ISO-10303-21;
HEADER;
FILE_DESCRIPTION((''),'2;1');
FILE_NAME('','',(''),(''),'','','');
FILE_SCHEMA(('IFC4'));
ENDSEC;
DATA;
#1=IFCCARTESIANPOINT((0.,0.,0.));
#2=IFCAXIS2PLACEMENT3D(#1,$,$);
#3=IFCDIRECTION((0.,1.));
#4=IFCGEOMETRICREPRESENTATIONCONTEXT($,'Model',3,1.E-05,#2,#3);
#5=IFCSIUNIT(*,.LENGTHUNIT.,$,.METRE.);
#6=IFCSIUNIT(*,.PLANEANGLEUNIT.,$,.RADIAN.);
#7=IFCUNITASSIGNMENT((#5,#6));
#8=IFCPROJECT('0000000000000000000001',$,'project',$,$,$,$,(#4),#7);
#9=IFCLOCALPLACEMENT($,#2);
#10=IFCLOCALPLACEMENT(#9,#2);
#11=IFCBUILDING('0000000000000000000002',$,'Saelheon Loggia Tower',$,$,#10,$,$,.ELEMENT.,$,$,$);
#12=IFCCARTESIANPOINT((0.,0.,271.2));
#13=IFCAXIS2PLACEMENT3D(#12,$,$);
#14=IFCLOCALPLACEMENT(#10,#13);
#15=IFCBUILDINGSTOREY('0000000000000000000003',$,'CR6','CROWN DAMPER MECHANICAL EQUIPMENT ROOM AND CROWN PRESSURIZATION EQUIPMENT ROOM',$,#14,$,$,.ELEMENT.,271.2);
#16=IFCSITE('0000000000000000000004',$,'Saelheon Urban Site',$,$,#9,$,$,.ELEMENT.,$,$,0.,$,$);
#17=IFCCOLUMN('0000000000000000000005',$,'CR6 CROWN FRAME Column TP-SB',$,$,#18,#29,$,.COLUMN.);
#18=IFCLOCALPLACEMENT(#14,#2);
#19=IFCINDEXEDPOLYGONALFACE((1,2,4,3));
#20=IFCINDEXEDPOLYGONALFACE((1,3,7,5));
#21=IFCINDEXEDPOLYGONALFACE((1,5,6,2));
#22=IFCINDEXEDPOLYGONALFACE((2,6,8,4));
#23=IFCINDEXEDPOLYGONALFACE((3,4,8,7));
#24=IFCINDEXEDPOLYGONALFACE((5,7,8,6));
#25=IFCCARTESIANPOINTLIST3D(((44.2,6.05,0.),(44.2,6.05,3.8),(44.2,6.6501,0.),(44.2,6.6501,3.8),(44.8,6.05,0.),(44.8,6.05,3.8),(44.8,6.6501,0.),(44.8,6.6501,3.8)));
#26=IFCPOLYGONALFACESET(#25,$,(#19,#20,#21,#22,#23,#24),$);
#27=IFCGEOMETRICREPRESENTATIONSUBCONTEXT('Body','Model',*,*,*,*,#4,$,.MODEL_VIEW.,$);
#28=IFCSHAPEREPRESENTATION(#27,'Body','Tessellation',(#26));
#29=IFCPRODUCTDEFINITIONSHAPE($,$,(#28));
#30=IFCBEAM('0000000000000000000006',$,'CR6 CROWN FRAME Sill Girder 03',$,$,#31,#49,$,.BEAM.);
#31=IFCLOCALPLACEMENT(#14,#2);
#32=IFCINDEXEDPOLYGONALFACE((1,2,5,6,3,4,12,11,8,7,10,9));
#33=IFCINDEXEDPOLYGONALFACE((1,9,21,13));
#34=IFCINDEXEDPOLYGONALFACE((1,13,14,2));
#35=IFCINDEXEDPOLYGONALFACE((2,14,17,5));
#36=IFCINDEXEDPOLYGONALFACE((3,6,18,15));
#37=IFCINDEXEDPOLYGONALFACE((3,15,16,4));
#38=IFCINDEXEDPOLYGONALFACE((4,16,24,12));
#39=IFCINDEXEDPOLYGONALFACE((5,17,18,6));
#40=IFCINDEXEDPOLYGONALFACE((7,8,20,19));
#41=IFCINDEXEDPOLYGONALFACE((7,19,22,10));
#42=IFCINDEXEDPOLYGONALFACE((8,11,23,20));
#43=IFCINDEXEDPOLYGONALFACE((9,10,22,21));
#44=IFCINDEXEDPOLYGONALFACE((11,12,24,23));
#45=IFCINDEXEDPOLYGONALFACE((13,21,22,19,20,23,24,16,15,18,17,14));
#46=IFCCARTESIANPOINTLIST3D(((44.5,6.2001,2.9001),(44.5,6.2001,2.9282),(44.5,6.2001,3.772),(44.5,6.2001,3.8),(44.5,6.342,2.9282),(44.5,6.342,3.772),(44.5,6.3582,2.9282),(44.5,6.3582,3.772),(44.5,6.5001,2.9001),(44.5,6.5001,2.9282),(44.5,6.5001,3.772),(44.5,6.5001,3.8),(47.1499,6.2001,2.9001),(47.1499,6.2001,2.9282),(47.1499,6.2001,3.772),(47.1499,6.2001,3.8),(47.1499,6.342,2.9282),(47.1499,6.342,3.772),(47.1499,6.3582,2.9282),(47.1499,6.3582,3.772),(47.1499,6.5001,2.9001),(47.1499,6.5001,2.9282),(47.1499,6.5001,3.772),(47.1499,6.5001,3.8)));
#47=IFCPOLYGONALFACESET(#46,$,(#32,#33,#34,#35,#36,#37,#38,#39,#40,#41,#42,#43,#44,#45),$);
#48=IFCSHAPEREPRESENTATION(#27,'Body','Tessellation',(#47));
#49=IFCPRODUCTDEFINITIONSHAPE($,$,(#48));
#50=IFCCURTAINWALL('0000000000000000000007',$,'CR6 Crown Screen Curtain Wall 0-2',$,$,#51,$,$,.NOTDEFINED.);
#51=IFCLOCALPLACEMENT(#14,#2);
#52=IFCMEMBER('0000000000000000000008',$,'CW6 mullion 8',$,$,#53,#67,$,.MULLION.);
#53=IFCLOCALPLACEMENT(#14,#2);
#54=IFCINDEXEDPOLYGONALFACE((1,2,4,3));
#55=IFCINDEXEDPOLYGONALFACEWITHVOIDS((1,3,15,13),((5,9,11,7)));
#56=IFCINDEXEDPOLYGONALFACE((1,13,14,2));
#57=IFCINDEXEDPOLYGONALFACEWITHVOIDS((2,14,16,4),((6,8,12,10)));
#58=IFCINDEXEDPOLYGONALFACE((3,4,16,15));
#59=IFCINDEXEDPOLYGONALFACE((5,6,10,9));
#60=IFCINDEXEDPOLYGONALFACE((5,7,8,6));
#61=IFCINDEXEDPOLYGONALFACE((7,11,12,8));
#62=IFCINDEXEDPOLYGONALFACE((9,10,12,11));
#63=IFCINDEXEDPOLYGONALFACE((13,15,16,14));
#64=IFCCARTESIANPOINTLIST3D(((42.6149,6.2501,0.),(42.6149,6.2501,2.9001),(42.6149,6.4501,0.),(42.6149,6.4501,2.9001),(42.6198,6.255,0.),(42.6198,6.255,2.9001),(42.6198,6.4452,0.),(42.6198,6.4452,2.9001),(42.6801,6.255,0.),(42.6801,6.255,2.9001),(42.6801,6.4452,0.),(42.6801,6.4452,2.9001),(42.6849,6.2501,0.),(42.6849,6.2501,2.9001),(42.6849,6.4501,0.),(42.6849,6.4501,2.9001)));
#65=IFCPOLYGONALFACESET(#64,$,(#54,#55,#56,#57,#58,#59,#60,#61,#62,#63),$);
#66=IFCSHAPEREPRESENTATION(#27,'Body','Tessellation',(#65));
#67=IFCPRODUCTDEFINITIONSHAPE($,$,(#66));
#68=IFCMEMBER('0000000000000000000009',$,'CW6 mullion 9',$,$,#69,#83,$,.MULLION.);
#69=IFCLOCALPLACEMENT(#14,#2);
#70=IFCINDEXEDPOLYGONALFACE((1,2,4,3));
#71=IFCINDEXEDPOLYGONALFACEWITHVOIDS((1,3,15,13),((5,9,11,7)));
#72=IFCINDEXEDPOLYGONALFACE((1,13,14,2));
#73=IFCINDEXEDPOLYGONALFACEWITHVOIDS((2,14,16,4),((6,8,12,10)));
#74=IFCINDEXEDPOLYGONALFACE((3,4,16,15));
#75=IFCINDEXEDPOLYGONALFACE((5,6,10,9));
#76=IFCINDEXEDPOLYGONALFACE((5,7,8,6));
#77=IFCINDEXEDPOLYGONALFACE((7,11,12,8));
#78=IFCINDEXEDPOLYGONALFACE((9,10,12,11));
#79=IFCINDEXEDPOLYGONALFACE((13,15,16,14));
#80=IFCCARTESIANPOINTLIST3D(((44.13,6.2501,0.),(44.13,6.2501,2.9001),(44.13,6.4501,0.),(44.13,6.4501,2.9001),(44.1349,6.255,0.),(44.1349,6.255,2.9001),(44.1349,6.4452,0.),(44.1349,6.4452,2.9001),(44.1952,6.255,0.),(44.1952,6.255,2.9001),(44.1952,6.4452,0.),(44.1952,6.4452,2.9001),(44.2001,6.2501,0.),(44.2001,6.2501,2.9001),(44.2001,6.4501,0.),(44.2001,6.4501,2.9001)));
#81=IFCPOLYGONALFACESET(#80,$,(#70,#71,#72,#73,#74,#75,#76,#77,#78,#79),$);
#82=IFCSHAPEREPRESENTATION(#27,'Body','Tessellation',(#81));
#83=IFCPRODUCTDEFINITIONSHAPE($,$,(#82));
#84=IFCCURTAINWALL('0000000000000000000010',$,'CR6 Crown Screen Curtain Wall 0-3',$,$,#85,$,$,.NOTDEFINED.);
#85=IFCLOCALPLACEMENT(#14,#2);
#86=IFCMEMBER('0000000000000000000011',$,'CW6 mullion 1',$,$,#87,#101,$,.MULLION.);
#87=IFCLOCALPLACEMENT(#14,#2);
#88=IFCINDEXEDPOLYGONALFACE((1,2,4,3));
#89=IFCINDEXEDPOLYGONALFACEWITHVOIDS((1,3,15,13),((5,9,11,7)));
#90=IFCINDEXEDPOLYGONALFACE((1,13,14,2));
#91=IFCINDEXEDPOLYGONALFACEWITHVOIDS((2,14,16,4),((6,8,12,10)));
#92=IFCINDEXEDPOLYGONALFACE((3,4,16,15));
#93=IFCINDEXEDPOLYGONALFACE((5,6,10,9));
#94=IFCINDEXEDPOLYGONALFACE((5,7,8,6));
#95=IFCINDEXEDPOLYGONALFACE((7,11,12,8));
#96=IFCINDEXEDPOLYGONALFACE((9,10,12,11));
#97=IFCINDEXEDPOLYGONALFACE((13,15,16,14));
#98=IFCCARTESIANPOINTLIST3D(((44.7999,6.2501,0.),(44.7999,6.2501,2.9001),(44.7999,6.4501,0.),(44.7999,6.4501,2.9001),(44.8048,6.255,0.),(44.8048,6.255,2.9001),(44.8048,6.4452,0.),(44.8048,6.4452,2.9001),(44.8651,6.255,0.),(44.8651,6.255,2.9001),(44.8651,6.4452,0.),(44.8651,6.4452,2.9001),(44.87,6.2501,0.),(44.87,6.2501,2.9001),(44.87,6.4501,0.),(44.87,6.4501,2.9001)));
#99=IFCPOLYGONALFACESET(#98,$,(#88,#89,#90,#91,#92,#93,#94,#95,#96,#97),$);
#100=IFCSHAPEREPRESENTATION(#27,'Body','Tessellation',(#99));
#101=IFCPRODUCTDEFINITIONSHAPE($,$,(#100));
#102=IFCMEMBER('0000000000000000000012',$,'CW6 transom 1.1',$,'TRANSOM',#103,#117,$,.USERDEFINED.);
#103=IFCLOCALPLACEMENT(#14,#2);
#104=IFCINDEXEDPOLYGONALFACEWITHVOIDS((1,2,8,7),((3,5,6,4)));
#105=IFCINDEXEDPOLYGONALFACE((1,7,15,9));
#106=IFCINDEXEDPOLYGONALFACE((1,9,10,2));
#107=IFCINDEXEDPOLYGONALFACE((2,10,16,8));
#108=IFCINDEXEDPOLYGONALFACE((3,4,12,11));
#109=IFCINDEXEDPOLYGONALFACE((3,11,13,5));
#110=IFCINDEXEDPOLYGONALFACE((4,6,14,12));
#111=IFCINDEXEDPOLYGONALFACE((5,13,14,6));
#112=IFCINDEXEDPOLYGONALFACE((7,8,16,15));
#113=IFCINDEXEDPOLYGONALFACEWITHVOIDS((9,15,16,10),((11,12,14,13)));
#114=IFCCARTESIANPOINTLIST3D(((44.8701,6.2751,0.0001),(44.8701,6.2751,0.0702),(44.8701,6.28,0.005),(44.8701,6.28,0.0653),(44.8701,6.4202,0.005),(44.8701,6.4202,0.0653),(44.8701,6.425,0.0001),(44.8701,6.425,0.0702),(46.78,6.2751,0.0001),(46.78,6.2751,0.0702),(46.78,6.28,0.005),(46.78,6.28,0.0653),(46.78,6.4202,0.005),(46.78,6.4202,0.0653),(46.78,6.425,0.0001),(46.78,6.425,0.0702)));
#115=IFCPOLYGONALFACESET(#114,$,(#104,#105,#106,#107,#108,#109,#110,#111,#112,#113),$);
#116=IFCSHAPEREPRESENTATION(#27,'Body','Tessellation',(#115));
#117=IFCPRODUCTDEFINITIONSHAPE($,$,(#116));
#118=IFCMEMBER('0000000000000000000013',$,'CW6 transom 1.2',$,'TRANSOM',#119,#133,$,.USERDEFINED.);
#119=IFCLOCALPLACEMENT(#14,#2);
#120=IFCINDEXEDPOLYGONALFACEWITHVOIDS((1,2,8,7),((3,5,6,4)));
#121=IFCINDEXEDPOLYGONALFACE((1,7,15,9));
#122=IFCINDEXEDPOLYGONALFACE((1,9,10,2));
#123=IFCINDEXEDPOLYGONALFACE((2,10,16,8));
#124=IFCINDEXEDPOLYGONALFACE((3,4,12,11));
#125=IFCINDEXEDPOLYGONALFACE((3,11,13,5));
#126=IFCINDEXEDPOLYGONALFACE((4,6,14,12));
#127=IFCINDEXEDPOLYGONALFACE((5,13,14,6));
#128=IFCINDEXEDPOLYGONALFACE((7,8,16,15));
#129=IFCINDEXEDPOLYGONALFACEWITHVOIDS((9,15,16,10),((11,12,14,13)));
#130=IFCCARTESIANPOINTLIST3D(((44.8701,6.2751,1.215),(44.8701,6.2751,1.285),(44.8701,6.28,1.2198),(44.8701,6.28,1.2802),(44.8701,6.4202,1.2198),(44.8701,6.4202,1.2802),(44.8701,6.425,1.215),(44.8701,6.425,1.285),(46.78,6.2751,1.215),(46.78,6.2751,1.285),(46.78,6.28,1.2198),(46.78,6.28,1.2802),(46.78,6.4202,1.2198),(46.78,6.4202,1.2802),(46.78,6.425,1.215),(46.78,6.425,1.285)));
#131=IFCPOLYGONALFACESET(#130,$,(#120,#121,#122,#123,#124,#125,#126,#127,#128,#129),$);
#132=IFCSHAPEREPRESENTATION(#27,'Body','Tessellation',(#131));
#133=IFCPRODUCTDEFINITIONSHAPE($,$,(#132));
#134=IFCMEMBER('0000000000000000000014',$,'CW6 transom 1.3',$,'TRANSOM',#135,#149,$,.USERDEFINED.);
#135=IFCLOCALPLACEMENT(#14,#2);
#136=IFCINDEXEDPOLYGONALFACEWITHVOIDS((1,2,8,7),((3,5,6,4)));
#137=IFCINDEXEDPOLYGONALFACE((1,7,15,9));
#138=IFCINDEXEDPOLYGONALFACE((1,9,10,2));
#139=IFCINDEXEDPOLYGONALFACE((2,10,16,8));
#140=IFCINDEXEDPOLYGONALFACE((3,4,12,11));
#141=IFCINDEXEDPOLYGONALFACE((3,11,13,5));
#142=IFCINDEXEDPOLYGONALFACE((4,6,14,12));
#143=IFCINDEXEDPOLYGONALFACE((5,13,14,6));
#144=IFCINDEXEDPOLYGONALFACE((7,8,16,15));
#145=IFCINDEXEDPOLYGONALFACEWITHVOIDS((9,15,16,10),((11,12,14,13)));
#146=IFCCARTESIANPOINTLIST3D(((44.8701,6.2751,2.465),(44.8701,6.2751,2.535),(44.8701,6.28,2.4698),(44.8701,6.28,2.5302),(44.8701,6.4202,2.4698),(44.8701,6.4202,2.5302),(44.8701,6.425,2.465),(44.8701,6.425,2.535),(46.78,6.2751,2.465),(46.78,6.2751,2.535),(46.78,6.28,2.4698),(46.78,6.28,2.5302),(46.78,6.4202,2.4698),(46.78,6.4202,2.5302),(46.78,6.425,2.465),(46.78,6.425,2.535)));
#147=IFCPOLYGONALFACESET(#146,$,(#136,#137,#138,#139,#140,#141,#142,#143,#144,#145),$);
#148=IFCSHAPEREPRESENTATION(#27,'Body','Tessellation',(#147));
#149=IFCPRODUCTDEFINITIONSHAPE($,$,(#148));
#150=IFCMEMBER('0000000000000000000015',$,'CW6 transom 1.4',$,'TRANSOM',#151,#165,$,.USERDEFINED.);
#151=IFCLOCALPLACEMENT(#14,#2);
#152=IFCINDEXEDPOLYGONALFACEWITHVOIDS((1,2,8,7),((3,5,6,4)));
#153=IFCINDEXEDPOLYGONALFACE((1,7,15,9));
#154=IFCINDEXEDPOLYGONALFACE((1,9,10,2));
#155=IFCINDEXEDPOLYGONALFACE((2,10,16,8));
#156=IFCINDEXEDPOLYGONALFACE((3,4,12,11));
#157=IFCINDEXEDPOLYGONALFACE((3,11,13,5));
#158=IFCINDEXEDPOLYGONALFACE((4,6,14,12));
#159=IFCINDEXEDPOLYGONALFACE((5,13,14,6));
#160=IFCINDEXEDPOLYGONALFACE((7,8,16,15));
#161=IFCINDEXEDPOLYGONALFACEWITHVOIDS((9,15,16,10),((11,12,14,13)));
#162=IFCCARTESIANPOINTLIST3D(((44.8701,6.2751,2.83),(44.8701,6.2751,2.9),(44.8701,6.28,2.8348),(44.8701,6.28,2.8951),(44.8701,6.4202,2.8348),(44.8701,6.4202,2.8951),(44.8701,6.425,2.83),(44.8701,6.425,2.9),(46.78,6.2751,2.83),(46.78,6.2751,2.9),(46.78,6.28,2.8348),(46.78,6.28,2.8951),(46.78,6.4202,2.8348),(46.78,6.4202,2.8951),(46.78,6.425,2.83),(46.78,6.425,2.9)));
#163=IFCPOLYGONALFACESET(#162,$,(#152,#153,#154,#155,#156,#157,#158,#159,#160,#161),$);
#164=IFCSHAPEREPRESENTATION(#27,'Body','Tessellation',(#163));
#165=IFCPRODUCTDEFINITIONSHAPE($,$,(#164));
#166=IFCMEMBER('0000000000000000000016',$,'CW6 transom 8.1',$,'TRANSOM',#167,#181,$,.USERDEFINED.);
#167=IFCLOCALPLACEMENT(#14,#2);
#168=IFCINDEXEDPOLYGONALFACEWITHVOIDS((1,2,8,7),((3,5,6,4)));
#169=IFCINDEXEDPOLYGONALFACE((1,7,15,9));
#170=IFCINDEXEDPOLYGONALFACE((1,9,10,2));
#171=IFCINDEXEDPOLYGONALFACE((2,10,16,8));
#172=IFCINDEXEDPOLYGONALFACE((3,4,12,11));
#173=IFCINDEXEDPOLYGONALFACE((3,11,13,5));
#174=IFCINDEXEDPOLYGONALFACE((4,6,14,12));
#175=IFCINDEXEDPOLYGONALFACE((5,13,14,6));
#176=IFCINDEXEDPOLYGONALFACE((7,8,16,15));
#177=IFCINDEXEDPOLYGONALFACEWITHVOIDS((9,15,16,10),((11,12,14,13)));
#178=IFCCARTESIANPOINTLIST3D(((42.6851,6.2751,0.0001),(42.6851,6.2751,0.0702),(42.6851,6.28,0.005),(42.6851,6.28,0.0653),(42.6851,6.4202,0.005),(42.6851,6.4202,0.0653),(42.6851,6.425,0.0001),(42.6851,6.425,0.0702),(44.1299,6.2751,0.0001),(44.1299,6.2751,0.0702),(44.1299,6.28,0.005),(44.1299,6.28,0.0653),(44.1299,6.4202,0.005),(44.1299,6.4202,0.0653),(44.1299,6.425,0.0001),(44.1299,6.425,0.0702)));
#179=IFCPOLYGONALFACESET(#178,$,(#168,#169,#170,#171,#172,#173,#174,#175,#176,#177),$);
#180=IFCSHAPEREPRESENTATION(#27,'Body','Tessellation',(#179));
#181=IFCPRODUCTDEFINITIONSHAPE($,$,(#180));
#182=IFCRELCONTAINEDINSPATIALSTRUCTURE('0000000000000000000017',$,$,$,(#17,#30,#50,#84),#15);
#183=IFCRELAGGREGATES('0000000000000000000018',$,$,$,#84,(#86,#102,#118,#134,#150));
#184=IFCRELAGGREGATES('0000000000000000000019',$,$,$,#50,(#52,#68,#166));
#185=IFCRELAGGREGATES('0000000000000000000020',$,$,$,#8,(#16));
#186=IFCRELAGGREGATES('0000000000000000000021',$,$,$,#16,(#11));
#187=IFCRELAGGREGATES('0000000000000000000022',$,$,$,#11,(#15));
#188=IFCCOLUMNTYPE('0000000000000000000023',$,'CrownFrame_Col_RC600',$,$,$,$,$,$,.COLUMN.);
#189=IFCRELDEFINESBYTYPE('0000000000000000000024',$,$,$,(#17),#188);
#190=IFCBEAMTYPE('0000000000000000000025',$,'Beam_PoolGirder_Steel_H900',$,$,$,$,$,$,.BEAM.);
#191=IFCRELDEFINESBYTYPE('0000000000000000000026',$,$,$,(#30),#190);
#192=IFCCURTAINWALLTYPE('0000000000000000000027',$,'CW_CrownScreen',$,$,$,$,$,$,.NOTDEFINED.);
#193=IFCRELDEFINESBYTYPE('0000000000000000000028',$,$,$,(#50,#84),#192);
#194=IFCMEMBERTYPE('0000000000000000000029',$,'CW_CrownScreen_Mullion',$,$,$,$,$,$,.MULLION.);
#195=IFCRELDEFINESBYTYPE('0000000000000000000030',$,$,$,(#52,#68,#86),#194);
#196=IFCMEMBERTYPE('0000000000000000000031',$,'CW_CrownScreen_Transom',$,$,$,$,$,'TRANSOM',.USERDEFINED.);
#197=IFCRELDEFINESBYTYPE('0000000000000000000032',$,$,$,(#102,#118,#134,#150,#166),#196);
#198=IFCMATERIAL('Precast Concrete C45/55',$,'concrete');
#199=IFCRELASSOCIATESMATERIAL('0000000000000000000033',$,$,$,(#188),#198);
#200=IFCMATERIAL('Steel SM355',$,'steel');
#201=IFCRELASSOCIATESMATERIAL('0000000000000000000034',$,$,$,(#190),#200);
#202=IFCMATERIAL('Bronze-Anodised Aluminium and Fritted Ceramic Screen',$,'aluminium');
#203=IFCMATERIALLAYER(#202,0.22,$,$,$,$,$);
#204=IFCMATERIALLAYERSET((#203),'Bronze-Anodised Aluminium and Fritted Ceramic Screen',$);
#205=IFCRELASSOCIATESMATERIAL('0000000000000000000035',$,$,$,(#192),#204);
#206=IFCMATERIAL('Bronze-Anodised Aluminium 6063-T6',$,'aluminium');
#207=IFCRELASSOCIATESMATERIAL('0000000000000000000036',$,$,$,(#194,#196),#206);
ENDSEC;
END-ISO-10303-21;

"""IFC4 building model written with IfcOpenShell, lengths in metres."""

from ifc_helpers import new_model, si_unit, direction, frame, origin, origin_2d, place, context, subcontext, project, spatial, rectangle, hollow_rectangle, i_section, extrude, source, transform, mapped, material, layer, layer_set, material_profile, profile_set, type_object, element, aggregate, save


model = new_model("IFC4")

# Units and contexts
model_context = context("Model", 3, precision=1e-05, world=origin(), true_north=direction((0.0, 1.0)))
body_context = subcontext(model_context, "Body", "Model", "MODEL_VIEW")
ifc_project = project(units=[si_unit("LENGTHUNIT", "METRE"), si_unit("PLANEANGLEUNIT", "RADIAN")], contexts=[model_context])

# Site, building, storey
site_placement = place(None, origin())
site = spatial("IfcSite", under=ifc_project, at=site_placement, Name="Saelheon Urban Site", CompositionType="ELEMENT", RefElevation=0.0)
building_placement = place(site_placement, origin())
building = spatial("IfcBuilding", under=site, at=building_placement, Name="Saelheon Loggia Tower", CompositionType="ELEMENT")
storey_placement = place(building_placement, frame((0.0, 0.0, 271.2)))
storey = spatial("IfcBuildingStorey", under=building, at=storey_placement, Name="CR6", Description="CROWN DAMPER MECHANICAL EQUIPMENT ROOM AND CROWN PRESSURIZATION EQUIPMENT ROOM", CompositionType="ELEMENT", Elevation=271.2)

# Column
ifc_material_1 = material(Name="Precast Concrete C45/55", Category="concrete")
ifc_material_profile_1 = material_profile(ifc_material_1, rectangle(XDim=0.6001, YDim=0.6001, at=origin_2d()), Name="RC-600x600")
ifc_profile_set_1 = profile_set([ifc_material_profile_1], Name="Precast Concrete C45/55")
column_type = type_object("IfcColumnType", Name="CrownFrame_Col_RC600", PredefinedType="COLUMN", material=ifc_profile_set_1)
shared_shape_1 = source(origin(), body_context, "Body", "SweptSolid", [
    extrude(rectangle(XDim=0.6001, YDim=0.6001, at=origin_2d()), origin(), (0.0, 0.0, 1.0), 3.8),
])
column_placement = place(storey_placement, frame((44.5, 6.3501, 0.0), z_axis=(0.0, 0.0, 1.0), x_axis=(1.0, 0.0, 0.0)))
element("IfcColumn", 1, at=column_placement, inside=storey, type_object=column_type, Name="CR6 CROWN FRAME Column TP-SB", PredefinedType="COLUMN", context=body_context, shape_type="MappedRepresentation", body=[
    mapped(shared_shape_1, transform((0.0, 0.0, 0.0), scale=1.0)),
])

# Beam
ifc_material_2 = material(Name="Steel SM355", Category="steel")
ifc_material_profile_2 = material_profile(ifc_material_2, i_section(OverallWidth=0.3, OverallDepth=0.8999, WebThickness=0.0161, FlangeThickness=0.0281, at=origin_2d()), Name="H-900x300x16x28")
ifc_profile_set_2 = profile_set([ifc_material_profile_2], Name="Steel SM355")
beam_type = type_object("IfcBeamType", Name="Beam_PoolGirder_Steel_H900", PredefinedType="BEAM", material=ifc_profile_set_2)
shared_shape_2 = source(origin(), body_context, "Body", "SweptSolid", [
    extrude(i_section(OverallWidth=0.3, OverallDepth=0.8999, WebThickness=0.0161, FlangeThickness=0.0281, at=origin_2d()), origin(), (0.0, 0.0, 1.0), 2.6499),
])
beam_placement = place(storey_placement, frame((44.5, 6.3501, 3.3501), z_axis=(1.0, 0.0, 0.0), x_axis=(0.0, 1.0, 0.0)))
element("IfcBeam", 2, at=beam_placement, inside=storey, type_object=beam_type, Name="CR6 CROWN FRAME Sill Girder 03", PredefinedType="BEAM", context=body_context, shape_type="MappedRepresentation", body=[
    mapped(shared_shape_2, transform((0.0, 0.0, 0.0), scale=1.0)),
])

# Curtain walls, members
ifc_material_3 = material(Name="Bronze-Anodised Aluminium and Fritted Ceramic Screen", Category="aluminium")
ifc_layer_1 = layer(ifc_material_3, 0.22)
ifc_layer_set_1 = layer_set([ifc_layer_1], Name="Bronze-Anodised Aluminium and Fritted Ceramic Screen")
curtain_wall_type = type_object("IfcCurtainWallType", Name="CW_CrownScreen", PredefinedType="NOTDEFINED", material=ifc_layer_set_1)
curtain_wall_1_placement = place(storey_placement, origin())
curtain_wall_1 = element("IfcCurtainWall", 3, at=curtain_wall_1_placement, inside=storey, type_object=curtain_wall_type, Name="CR6 Crown Screen Curtain Wall 0-2", PredefinedType="NOTDEFINED")
ifc_material_4 = material(Name="Bronze-Anodised Aluminium 6063-T6", Category="aluminium")
ifc_material_profile_3 = material_profile(ifc_material_4, hollow_rectangle(XDim=0.0701, YDim=0.2, WallThickness=0.0049, at=origin_2d()), Name="RHS-200x70x5")
ifc_profile_set_3 = profile_set([ifc_material_profile_3], Name="Bronze-Anodised Aluminium 6063-T6")
member_type_1 = type_object("IfcMemberType", Name="CW_CrownScreen_Mullion", PredefinedType="MULLION", material=ifc_profile_set_3)
shared_shape_3 = source(origin(), body_context, "Body", "SweptSolid", [
    extrude(hollow_rectangle(XDim=0.0701, YDim=0.2, WallThickness=0.0049, at=origin_2d()), origin(), (0.0, 0.0, 1.0), 2.9001),
])
member_1_placement = place(storey_placement, frame((42.6499, 6.3501, 0.0), z_axis=(0.0, 0.0, 1.0), x_axis=(1.0, 0.0, 0.0)))
member_1 = element("IfcMember", 4, at=member_1_placement, type_object=member_type_1, Name="CW6 mullion 8", PredefinedType="MULLION", context=body_context, shape_type="MappedRepresentation", body=[
    mapped(shared_shape_3, transform((0.0, 0.0, 0.0), scale=1.0)),
])
member_2_placement = place(storey_placement, frame((44.165, 6.3501, 0.0), z_axis=(0.0, 0.0, 1.0), x_axis=(1.0, 0.0, 0.0)))
member_2 = element("IfcMember", 5, at=member_2_placement, type_object=member_type_1, Name="CW6 mullion 9", PredefinedType="MULLION", context=body_context, shape_type="MappedRepresentation", body=[
    mapped(shared_shape_3, transform((0.0, 0.0, 0.0), scale=1.0)),
])
curtain_wall_2_placement = place(storey_placement, origin())
curtain_wall_2 = element("IfcCurtainWall", 6, at=curtain_wall_2_placement, inside=storey, type_object=curtain_wall_type, Name="CR6 Crown Screen Curtain Wall 0-3", PredefinedType="NOTDEFINED")
member_3_placement = place(storey_placement, frame((44.835, 6.3501, 0.0), z_axis=(0.0, 0.0, 1.0), x_axis=(1.0, 0.0, 0.0)))
member_3 = element("IfcMember", 7, at=member_3_placement, type_object=member_type_1, Name="CW6 mullion 1", PredefinedType="MULLION", context=body_context, shape_type="MappedRepresentation", body=[
    mapped(shared_shape_3, transform((0.0, 0.0, 0.0), scale=1.0)),
])
ifc_material_profile_4 = material_profile(ifc_material_4, hollow_rectangle(XDim=0.0701, YDim=0.1499, WallThickness=0.0049, at=origin_2d()), Name="RHS-150x70x5")
ifc_profile_set_4 = profile_set([ifc_material_profile_4], Name="Bronze-Anodised Aluminium 6063-T6")
member_type_2 = type_object("IfcMemberType", Name="CW_CrownScreen_Transom", ElementType="TRANSOM", PredefinedType="USERDEFINED", material=ifc_profile_set_4)
shared_shape_4 = source(origin(), body_context, "Body", "SweptSolid", [
    extrude(hollow_rectangle(XDim=0.0701, YDim=0.1499, WallThickness=0.0049, at=origin_2d()), origin(), (0.0, 0.0, 1.0), 1.9099),
])
member_4_placement = place(storey_placement, frame((44.8701, 6.3501, 0.0352), z_axis=(1.0, 0.0, 0.0), x_axis=(0.0, 0.0, 1.0)))
member_4 = element("IfcMember", 8, at=member_4_placement, type_object=member_type_2, Name="CW6 transom 1.1", ObjectType="TRANSOM", PredefinedType="USERDEFINED", context=body_context, shape_type="MappedRepresentation", body=[
    mapped(shared_shape_4, transform((0.0, 0.0, 0.0), scale=1.0)),
])
member_5_placement = place(storey_placement, frame((44.8701, 6.3501, 1.25), z_axis=(1.0, 0.0, 0.0), x_axis=(0.0, 0.0, 1.0)))
member_5 = element("IfcMember", 9, at=member_5_placement, type_object=member_type_2, Name="CW6 transom 1.2", ObjectType="TRANSOM", PredefinedType="USERDEFINED", context=body_context, shape_type="MappedRepresentation", body=[
    mapped(shared_shape_4, transform((0.0, 0.0, 0.0), scale=1.0)),
])
member_6_placement = place(storey_placement, frame((44.8701, 6.3501, 2.5), z_axis=(1.0, 0.0, 0.0), x_axis=(0.0, 0.0, 1.0)))
member_6 = element("IfcMember", 10, at=member_6_placement, type_object=member_type_2, Name="CW6 transom 1.3", ObjectType="TRANSOM", PredefinedType="USERDEFINED", context=body_context, shape_type="MappedRepresentation", body=[
    mapped(shared_shape_4, transform((0.0, 0.0, 0.0), scale=1.0)),
])
member_7_placement = place(storey_placement, frame((44.8701, 6.3501, 2.865), z_axis=(1.0, 0.0, 0.0), x_axis=(0.0, 0.0, 1.0)))
member_7 = element("IfcMember", 11, at=member_7_placement, type_object=member_type_2, Name="CW6 transom 1.4", ObjectType="TRANSOM", PredefinedType="USERDEFINED", context=body_context, shape_type="MappedRepresentation", body=[
    mapped(shared_shape_4, transform((0.0, 0.0, 0.0), scale=1.0)),
])

# Member
shared_shape_5 = source(origin(), body_context, "Body", "SweptSolid", [
    extrude(hollow_rectangle(XDim=0.0701, YDim=0.1499, WallThickness=0.0049, at=origin_2d()), origin(), (0.0, 0.0, 1.0), 1.4448),
])
member_8_placement = place(storey_placement, frame((42.6851, 6.3501, 0.0352), z_axis=(1.0, 0.0, 0.0), x_axis=(0.0, 0.0, 1.0)))
member_8 = element("IfcMember", 12, at=member_8_placement, type_object=member_type_2, Name="CW6 transom 8.1", ObjectType="TRANSOM", PredefinedType="USERDEFINED", context=body_context, shape_type="MappedRepresentation", body=[
    mapped(shared_shape_5, transform((0.0, 0.0, 0.0), scale=1.0)),
])

aggregate(curtain_wall_2, [member_3, member_4, member_5, member_6, member_7])
aggregate(curtain_wall_1, [member_1, member_2, member_8])

save(model, "model.ifc")
